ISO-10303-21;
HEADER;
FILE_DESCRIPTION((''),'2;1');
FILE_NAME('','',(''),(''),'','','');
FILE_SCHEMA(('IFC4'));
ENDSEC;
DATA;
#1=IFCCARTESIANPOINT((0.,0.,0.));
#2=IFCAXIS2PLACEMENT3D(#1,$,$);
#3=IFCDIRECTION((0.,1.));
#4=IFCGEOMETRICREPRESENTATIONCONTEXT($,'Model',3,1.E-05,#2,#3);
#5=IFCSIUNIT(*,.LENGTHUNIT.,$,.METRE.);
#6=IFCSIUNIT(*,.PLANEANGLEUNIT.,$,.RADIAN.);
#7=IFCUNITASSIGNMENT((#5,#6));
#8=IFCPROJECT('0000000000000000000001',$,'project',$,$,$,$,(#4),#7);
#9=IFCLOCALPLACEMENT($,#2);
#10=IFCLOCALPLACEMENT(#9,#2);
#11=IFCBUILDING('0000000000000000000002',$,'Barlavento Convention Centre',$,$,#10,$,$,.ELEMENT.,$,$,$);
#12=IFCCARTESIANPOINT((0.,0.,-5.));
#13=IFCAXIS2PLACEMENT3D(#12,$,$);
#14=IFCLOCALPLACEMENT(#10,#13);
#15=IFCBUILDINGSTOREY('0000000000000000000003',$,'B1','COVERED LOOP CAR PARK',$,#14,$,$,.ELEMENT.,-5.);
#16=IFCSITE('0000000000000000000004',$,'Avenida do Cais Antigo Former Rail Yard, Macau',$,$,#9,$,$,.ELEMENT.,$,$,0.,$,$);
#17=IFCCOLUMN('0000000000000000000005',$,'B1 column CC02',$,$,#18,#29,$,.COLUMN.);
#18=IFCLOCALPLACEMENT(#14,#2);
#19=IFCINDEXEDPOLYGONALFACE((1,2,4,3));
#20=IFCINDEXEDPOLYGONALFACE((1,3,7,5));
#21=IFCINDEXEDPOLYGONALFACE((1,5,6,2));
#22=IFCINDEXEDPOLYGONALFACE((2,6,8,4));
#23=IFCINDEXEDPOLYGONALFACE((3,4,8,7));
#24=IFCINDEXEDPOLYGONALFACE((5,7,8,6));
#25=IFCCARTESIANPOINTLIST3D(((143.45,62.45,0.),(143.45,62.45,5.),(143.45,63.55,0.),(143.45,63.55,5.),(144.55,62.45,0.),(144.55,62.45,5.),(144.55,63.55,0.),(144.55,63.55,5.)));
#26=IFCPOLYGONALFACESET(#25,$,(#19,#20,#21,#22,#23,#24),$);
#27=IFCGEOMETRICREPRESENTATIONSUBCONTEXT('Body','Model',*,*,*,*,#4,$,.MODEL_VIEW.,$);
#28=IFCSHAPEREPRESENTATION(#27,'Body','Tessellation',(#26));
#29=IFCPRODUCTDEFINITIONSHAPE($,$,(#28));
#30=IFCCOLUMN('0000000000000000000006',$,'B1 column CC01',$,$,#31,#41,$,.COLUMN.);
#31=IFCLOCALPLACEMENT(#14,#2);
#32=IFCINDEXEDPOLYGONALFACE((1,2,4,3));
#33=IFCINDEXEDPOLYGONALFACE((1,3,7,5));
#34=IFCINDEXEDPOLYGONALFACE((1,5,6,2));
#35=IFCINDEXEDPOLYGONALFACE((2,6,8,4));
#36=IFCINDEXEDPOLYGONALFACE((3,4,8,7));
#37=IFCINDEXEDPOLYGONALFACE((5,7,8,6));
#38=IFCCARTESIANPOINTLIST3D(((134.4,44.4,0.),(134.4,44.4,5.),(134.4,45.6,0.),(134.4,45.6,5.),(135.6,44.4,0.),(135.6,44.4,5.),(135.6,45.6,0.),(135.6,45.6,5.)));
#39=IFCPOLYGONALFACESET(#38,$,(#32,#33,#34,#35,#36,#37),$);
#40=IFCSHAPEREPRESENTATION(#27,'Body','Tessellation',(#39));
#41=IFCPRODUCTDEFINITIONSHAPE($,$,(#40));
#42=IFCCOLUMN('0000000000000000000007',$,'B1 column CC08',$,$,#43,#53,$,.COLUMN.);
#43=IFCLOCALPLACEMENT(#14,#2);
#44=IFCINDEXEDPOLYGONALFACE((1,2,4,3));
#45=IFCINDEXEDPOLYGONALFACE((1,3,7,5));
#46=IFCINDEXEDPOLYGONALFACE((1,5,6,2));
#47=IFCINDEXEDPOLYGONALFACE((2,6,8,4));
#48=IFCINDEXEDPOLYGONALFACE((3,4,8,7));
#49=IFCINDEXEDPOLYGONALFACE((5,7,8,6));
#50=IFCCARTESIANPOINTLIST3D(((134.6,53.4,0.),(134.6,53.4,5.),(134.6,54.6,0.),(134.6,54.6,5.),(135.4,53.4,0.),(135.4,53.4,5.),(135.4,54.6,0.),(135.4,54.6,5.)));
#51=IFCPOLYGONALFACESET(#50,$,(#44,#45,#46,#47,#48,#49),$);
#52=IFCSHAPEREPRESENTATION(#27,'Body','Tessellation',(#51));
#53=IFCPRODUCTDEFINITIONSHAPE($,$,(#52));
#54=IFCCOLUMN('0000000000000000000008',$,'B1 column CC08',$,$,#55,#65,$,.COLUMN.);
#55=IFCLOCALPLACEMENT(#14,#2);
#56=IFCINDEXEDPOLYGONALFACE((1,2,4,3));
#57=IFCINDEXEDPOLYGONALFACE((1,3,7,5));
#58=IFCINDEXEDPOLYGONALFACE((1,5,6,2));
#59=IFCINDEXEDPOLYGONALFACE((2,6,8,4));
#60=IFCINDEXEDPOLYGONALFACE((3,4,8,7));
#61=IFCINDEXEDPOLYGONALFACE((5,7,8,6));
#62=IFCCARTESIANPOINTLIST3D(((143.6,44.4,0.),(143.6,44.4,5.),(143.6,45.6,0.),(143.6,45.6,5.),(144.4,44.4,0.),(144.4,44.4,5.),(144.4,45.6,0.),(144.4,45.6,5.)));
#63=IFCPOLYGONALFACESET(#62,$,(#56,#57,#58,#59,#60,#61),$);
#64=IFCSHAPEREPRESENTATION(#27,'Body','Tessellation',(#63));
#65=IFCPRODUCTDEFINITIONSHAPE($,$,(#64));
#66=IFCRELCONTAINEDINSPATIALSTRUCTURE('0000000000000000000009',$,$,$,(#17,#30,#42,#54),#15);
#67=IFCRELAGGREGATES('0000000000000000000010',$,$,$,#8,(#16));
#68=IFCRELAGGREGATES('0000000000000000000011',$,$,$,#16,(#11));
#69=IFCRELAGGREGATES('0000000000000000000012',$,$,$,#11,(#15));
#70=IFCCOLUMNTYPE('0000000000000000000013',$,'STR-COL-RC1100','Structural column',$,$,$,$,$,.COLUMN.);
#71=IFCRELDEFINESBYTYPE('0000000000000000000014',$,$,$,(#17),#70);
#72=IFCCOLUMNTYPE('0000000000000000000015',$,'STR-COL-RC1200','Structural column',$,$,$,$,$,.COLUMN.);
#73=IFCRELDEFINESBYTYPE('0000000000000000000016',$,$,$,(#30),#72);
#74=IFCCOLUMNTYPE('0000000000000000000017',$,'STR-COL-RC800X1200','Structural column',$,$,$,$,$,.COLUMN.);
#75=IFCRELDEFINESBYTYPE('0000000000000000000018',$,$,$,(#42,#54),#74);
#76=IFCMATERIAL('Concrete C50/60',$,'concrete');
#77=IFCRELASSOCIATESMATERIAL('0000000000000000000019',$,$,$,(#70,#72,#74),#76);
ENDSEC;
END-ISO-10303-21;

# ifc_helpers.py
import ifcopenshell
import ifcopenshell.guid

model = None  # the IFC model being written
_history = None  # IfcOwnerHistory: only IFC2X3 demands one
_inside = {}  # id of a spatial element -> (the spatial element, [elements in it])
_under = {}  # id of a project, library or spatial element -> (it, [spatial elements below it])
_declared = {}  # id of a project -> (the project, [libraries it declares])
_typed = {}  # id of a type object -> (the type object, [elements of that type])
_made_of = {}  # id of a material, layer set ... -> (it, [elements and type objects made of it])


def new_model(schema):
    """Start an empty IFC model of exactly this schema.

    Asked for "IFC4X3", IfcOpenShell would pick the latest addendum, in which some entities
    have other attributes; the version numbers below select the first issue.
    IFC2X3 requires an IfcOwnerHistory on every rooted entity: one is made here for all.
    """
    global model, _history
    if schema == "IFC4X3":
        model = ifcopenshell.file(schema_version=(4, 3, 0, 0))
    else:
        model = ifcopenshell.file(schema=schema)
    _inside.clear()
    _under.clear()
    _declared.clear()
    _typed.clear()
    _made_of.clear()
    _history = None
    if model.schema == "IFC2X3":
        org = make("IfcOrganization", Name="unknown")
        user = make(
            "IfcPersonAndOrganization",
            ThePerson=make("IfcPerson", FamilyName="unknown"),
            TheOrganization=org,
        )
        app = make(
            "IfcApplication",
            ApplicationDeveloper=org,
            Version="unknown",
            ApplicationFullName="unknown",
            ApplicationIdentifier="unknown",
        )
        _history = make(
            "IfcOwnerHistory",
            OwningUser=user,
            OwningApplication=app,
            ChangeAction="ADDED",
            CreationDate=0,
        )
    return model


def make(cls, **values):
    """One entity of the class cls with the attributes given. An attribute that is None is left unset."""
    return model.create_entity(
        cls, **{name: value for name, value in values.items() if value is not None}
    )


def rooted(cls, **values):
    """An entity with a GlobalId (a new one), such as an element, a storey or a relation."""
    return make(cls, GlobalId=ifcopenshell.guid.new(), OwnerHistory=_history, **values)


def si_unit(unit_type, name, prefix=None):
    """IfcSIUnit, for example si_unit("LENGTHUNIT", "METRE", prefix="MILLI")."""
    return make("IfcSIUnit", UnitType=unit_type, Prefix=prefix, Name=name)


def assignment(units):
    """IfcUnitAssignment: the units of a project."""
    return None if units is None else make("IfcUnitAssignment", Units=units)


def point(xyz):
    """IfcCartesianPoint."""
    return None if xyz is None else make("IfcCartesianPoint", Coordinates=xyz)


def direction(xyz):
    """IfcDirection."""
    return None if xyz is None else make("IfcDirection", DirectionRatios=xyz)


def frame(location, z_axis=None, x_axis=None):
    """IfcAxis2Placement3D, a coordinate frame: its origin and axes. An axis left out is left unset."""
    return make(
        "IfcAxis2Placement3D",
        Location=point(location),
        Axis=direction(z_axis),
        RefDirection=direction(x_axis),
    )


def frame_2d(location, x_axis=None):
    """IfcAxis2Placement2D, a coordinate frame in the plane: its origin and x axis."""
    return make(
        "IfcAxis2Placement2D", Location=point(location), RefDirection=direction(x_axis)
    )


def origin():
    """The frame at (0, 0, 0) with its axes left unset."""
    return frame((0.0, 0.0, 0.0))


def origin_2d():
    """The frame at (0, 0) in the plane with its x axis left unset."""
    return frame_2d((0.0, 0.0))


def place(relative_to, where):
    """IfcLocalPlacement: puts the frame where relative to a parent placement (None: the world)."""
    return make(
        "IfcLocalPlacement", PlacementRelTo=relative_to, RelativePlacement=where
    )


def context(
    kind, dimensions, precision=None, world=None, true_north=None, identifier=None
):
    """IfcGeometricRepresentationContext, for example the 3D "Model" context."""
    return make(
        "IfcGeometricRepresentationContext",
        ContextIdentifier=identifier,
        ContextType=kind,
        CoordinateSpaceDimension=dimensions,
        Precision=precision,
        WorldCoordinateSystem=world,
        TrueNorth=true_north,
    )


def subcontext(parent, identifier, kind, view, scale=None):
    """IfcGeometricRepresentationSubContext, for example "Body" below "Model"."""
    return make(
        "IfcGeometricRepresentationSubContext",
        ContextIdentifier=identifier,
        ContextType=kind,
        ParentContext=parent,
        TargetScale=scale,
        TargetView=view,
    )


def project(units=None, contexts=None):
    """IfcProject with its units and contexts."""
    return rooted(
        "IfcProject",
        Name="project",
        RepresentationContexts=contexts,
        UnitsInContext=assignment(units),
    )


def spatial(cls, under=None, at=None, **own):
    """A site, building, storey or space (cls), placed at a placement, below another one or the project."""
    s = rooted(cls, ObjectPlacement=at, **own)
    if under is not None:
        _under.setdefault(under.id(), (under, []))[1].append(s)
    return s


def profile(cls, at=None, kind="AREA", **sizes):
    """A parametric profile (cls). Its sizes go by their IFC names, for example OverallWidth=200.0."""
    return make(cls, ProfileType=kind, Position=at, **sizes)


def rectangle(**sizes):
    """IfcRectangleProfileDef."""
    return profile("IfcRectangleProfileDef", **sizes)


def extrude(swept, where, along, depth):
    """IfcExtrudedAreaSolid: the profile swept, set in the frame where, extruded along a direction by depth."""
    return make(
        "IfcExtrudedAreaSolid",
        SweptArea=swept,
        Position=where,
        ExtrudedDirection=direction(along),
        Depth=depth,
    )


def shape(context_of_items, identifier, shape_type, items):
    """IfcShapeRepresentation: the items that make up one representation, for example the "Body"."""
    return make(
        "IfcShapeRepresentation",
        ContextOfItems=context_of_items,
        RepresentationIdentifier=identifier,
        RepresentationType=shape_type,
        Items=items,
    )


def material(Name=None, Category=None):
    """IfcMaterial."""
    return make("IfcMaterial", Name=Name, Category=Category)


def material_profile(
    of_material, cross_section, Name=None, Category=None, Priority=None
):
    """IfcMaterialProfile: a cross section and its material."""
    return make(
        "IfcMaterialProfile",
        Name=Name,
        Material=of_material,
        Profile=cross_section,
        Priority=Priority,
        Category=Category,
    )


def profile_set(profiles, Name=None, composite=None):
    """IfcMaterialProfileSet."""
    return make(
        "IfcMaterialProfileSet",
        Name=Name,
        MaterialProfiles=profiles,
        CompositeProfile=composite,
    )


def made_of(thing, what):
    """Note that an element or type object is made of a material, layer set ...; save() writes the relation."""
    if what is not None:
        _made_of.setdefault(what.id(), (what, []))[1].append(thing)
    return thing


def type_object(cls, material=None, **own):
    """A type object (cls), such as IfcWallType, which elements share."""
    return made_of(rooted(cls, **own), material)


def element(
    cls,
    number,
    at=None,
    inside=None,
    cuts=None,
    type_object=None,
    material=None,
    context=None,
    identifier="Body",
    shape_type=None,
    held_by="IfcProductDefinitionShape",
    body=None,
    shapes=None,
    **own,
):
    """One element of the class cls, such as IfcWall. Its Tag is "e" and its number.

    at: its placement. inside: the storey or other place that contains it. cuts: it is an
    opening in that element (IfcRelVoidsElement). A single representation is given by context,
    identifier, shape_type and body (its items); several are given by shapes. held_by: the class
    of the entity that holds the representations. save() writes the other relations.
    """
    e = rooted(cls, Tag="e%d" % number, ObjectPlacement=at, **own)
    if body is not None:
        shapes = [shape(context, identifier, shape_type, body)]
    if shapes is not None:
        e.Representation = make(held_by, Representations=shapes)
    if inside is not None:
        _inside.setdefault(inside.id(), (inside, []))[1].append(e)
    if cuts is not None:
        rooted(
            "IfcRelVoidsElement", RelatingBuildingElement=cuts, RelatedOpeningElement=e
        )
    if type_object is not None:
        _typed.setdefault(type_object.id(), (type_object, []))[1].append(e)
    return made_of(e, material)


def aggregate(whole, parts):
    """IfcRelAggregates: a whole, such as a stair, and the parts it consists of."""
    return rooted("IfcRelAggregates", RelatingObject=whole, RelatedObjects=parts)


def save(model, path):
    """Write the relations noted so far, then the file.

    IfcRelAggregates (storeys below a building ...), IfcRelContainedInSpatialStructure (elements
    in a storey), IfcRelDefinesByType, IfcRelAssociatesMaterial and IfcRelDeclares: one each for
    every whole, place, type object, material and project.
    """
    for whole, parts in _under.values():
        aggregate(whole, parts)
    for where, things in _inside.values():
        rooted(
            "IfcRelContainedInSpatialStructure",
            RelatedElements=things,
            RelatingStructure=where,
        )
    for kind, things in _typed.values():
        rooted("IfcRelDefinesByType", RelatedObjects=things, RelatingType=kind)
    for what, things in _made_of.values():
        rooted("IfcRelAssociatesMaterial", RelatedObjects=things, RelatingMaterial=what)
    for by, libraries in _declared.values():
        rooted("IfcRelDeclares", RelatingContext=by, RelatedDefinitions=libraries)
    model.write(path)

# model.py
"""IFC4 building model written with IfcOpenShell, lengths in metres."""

from ifc_helpers import new_model, si_unit, direction, frame, origin, origin_2d, place, context, subcontext, project, spatial, rectangle, extrude, material, material_profile, profile_set, type_object, element, save


model = new_model("IFC4")

# Units and contexts
model_context = context("Model", 3, precision=1e-05, world=origin(), true_north=direction((0.0, 1.0)))
body_context = subcontext(model_context, "Body", "Model", "MODEL_VIEW")
ifc_project = project(units=[si_unit("LENGTHUNIT", "METRE"), si_unit("PLANEANGLEUNIT", "RADIAN")], contexts=[model_context])

# Site, building, storey
site_placement = place(None, origin())
site = spatial("IfcSite", under=ifc_project, at=site_placement, Name="Avenida do Cais Antigo Former Rail Yard, Macau", CompositionType="ELEMENT", RefElevation=0.0)
building_placement = place(site_placement, origin())
building = spatial("IfcBuilding", under=site, at=building_placement, Name="Barlavento Convention Centre", CompositionType="ELEMENT")
storey_placement = place(building_placement, frame((0.0, 0.0, -5.0)))
storey = spatial("IfcBuildingStorey", under=building, at=storey_placement, Name="B1", Description="COVERED LOOP CAR PARK", CompositionType="ELEMENT", Elevation=-5.0)

# Columns
ifc_material_1 = material(Name="Concrete C50/60", Category="concrete")
ifc_material_profile_1 = material_profile(ifc_material_1, rectangle(XDim=1.1001, YDim=1.1001, at=origin_2d()), Name="RC 1100x1100")
ifc_profile_set_1 = profile_set([ifc_material_profile_1], Name="Concrete C50/60")
column_type_1 = type_object("IfcColumnType", Name="STR-COL-RC1100", Description="Structural column", PredefinedType="COLUMN", material=ifc_profile_set_1)
column_1_placement = place(storey_placement, frame((144.0, 63.0, 0.0), z_axis=(0.0, 0.0, 1.0), x_axis=(1.0, 0.0, 0.0)))
element("IfcColumn", 1, at=column_1_placement, inside=storey, type_object=column_type_1, Name="B1 column CC02", PredefinedType="COLUMN", context=body_context, shape_type="SweptSolid", body=[
    extrude(rectangle(XDim=1.1001, YDim=1.1001, at=origin_2d()), origin(), (0.0, 0.0, 1.0), 5.0),
])
ifc_material_profile_2 = material_profile(ifc_material_1, rectangle(XDim=1.2, YDim=1.2, at=origin_2d()), Name="RC 1200x1200")
ifc_profile_set_2 = profile_set([ifc_material_profile_2], Name="Concrete C50/60")
column_type_2 = type_object("IfcColumnType", Name="STR-COL-RC1200", Description="Structural column", PredefinedType="COLUMN", material=ifc_profile_set_2)
column_2_placement = place(storey_placement, frame((135.0, 45.0, 0.0), z_axis=(0.0, 0.0, 1.0), x_axis=(1.0, 0.0, 0.0)))
element("IfcColumn", 2, at=column_2_placement, inside=storey, type_object=column_type_2, Name="B1 column CC01", PredefinedType="COLUMN", context=body_context, shape_type="SweptSolid", body=[
    extrude(rectangle(XDim=1.2, YDim=1.2, at=origin_2d()), origin(), (0.0, 0.0, 1.0), 5.0),
])
ifc_material_profile_3 = material_profile(ifc_material_1, rectangle(XDim=0.8, YDim=1.2, at=origin_2d()), Name="RC 800x1200")
ifc_profile_set_3 = profile_set([ifc_material_profile_3], Name="Concrete C50/60")
column_type_3 = type_object("IfcColumnType", Name="STR-COL-RC800X1200", Description="Structural column", PredefinedType="COLUMN", material=ifc_profile_set_3)
for number, where, z_axis, x_axis, name in (
    (3, (135.0, 54.0, 0.0), (0.0, 0.0, 1.0), (1.0, 0.0, 0.0), "B1 column CC08"),
    (4, (144.0, 45.0, 0.0), (0.0, 0.0, 1.0), (1.0, 0.0, 0.0), "B1 column CC08"),
):
    element("IfcColumn", number, at=place(storey_placement, frame(where, z_axis=z_axis, x_axis=x_axis)), inside=storey, type_object=column_type_3, Name=name, PredefinedType="COLUMN", context=body_context, shape_type="SweptSolid", body=[
        extrude(rectangle(XDim=0.8, YDim=1.2, at=origin_2d()), origin(), (0.0, 0.0, 1.0), 5.0),
    ])

save(model, "model.ifc")
